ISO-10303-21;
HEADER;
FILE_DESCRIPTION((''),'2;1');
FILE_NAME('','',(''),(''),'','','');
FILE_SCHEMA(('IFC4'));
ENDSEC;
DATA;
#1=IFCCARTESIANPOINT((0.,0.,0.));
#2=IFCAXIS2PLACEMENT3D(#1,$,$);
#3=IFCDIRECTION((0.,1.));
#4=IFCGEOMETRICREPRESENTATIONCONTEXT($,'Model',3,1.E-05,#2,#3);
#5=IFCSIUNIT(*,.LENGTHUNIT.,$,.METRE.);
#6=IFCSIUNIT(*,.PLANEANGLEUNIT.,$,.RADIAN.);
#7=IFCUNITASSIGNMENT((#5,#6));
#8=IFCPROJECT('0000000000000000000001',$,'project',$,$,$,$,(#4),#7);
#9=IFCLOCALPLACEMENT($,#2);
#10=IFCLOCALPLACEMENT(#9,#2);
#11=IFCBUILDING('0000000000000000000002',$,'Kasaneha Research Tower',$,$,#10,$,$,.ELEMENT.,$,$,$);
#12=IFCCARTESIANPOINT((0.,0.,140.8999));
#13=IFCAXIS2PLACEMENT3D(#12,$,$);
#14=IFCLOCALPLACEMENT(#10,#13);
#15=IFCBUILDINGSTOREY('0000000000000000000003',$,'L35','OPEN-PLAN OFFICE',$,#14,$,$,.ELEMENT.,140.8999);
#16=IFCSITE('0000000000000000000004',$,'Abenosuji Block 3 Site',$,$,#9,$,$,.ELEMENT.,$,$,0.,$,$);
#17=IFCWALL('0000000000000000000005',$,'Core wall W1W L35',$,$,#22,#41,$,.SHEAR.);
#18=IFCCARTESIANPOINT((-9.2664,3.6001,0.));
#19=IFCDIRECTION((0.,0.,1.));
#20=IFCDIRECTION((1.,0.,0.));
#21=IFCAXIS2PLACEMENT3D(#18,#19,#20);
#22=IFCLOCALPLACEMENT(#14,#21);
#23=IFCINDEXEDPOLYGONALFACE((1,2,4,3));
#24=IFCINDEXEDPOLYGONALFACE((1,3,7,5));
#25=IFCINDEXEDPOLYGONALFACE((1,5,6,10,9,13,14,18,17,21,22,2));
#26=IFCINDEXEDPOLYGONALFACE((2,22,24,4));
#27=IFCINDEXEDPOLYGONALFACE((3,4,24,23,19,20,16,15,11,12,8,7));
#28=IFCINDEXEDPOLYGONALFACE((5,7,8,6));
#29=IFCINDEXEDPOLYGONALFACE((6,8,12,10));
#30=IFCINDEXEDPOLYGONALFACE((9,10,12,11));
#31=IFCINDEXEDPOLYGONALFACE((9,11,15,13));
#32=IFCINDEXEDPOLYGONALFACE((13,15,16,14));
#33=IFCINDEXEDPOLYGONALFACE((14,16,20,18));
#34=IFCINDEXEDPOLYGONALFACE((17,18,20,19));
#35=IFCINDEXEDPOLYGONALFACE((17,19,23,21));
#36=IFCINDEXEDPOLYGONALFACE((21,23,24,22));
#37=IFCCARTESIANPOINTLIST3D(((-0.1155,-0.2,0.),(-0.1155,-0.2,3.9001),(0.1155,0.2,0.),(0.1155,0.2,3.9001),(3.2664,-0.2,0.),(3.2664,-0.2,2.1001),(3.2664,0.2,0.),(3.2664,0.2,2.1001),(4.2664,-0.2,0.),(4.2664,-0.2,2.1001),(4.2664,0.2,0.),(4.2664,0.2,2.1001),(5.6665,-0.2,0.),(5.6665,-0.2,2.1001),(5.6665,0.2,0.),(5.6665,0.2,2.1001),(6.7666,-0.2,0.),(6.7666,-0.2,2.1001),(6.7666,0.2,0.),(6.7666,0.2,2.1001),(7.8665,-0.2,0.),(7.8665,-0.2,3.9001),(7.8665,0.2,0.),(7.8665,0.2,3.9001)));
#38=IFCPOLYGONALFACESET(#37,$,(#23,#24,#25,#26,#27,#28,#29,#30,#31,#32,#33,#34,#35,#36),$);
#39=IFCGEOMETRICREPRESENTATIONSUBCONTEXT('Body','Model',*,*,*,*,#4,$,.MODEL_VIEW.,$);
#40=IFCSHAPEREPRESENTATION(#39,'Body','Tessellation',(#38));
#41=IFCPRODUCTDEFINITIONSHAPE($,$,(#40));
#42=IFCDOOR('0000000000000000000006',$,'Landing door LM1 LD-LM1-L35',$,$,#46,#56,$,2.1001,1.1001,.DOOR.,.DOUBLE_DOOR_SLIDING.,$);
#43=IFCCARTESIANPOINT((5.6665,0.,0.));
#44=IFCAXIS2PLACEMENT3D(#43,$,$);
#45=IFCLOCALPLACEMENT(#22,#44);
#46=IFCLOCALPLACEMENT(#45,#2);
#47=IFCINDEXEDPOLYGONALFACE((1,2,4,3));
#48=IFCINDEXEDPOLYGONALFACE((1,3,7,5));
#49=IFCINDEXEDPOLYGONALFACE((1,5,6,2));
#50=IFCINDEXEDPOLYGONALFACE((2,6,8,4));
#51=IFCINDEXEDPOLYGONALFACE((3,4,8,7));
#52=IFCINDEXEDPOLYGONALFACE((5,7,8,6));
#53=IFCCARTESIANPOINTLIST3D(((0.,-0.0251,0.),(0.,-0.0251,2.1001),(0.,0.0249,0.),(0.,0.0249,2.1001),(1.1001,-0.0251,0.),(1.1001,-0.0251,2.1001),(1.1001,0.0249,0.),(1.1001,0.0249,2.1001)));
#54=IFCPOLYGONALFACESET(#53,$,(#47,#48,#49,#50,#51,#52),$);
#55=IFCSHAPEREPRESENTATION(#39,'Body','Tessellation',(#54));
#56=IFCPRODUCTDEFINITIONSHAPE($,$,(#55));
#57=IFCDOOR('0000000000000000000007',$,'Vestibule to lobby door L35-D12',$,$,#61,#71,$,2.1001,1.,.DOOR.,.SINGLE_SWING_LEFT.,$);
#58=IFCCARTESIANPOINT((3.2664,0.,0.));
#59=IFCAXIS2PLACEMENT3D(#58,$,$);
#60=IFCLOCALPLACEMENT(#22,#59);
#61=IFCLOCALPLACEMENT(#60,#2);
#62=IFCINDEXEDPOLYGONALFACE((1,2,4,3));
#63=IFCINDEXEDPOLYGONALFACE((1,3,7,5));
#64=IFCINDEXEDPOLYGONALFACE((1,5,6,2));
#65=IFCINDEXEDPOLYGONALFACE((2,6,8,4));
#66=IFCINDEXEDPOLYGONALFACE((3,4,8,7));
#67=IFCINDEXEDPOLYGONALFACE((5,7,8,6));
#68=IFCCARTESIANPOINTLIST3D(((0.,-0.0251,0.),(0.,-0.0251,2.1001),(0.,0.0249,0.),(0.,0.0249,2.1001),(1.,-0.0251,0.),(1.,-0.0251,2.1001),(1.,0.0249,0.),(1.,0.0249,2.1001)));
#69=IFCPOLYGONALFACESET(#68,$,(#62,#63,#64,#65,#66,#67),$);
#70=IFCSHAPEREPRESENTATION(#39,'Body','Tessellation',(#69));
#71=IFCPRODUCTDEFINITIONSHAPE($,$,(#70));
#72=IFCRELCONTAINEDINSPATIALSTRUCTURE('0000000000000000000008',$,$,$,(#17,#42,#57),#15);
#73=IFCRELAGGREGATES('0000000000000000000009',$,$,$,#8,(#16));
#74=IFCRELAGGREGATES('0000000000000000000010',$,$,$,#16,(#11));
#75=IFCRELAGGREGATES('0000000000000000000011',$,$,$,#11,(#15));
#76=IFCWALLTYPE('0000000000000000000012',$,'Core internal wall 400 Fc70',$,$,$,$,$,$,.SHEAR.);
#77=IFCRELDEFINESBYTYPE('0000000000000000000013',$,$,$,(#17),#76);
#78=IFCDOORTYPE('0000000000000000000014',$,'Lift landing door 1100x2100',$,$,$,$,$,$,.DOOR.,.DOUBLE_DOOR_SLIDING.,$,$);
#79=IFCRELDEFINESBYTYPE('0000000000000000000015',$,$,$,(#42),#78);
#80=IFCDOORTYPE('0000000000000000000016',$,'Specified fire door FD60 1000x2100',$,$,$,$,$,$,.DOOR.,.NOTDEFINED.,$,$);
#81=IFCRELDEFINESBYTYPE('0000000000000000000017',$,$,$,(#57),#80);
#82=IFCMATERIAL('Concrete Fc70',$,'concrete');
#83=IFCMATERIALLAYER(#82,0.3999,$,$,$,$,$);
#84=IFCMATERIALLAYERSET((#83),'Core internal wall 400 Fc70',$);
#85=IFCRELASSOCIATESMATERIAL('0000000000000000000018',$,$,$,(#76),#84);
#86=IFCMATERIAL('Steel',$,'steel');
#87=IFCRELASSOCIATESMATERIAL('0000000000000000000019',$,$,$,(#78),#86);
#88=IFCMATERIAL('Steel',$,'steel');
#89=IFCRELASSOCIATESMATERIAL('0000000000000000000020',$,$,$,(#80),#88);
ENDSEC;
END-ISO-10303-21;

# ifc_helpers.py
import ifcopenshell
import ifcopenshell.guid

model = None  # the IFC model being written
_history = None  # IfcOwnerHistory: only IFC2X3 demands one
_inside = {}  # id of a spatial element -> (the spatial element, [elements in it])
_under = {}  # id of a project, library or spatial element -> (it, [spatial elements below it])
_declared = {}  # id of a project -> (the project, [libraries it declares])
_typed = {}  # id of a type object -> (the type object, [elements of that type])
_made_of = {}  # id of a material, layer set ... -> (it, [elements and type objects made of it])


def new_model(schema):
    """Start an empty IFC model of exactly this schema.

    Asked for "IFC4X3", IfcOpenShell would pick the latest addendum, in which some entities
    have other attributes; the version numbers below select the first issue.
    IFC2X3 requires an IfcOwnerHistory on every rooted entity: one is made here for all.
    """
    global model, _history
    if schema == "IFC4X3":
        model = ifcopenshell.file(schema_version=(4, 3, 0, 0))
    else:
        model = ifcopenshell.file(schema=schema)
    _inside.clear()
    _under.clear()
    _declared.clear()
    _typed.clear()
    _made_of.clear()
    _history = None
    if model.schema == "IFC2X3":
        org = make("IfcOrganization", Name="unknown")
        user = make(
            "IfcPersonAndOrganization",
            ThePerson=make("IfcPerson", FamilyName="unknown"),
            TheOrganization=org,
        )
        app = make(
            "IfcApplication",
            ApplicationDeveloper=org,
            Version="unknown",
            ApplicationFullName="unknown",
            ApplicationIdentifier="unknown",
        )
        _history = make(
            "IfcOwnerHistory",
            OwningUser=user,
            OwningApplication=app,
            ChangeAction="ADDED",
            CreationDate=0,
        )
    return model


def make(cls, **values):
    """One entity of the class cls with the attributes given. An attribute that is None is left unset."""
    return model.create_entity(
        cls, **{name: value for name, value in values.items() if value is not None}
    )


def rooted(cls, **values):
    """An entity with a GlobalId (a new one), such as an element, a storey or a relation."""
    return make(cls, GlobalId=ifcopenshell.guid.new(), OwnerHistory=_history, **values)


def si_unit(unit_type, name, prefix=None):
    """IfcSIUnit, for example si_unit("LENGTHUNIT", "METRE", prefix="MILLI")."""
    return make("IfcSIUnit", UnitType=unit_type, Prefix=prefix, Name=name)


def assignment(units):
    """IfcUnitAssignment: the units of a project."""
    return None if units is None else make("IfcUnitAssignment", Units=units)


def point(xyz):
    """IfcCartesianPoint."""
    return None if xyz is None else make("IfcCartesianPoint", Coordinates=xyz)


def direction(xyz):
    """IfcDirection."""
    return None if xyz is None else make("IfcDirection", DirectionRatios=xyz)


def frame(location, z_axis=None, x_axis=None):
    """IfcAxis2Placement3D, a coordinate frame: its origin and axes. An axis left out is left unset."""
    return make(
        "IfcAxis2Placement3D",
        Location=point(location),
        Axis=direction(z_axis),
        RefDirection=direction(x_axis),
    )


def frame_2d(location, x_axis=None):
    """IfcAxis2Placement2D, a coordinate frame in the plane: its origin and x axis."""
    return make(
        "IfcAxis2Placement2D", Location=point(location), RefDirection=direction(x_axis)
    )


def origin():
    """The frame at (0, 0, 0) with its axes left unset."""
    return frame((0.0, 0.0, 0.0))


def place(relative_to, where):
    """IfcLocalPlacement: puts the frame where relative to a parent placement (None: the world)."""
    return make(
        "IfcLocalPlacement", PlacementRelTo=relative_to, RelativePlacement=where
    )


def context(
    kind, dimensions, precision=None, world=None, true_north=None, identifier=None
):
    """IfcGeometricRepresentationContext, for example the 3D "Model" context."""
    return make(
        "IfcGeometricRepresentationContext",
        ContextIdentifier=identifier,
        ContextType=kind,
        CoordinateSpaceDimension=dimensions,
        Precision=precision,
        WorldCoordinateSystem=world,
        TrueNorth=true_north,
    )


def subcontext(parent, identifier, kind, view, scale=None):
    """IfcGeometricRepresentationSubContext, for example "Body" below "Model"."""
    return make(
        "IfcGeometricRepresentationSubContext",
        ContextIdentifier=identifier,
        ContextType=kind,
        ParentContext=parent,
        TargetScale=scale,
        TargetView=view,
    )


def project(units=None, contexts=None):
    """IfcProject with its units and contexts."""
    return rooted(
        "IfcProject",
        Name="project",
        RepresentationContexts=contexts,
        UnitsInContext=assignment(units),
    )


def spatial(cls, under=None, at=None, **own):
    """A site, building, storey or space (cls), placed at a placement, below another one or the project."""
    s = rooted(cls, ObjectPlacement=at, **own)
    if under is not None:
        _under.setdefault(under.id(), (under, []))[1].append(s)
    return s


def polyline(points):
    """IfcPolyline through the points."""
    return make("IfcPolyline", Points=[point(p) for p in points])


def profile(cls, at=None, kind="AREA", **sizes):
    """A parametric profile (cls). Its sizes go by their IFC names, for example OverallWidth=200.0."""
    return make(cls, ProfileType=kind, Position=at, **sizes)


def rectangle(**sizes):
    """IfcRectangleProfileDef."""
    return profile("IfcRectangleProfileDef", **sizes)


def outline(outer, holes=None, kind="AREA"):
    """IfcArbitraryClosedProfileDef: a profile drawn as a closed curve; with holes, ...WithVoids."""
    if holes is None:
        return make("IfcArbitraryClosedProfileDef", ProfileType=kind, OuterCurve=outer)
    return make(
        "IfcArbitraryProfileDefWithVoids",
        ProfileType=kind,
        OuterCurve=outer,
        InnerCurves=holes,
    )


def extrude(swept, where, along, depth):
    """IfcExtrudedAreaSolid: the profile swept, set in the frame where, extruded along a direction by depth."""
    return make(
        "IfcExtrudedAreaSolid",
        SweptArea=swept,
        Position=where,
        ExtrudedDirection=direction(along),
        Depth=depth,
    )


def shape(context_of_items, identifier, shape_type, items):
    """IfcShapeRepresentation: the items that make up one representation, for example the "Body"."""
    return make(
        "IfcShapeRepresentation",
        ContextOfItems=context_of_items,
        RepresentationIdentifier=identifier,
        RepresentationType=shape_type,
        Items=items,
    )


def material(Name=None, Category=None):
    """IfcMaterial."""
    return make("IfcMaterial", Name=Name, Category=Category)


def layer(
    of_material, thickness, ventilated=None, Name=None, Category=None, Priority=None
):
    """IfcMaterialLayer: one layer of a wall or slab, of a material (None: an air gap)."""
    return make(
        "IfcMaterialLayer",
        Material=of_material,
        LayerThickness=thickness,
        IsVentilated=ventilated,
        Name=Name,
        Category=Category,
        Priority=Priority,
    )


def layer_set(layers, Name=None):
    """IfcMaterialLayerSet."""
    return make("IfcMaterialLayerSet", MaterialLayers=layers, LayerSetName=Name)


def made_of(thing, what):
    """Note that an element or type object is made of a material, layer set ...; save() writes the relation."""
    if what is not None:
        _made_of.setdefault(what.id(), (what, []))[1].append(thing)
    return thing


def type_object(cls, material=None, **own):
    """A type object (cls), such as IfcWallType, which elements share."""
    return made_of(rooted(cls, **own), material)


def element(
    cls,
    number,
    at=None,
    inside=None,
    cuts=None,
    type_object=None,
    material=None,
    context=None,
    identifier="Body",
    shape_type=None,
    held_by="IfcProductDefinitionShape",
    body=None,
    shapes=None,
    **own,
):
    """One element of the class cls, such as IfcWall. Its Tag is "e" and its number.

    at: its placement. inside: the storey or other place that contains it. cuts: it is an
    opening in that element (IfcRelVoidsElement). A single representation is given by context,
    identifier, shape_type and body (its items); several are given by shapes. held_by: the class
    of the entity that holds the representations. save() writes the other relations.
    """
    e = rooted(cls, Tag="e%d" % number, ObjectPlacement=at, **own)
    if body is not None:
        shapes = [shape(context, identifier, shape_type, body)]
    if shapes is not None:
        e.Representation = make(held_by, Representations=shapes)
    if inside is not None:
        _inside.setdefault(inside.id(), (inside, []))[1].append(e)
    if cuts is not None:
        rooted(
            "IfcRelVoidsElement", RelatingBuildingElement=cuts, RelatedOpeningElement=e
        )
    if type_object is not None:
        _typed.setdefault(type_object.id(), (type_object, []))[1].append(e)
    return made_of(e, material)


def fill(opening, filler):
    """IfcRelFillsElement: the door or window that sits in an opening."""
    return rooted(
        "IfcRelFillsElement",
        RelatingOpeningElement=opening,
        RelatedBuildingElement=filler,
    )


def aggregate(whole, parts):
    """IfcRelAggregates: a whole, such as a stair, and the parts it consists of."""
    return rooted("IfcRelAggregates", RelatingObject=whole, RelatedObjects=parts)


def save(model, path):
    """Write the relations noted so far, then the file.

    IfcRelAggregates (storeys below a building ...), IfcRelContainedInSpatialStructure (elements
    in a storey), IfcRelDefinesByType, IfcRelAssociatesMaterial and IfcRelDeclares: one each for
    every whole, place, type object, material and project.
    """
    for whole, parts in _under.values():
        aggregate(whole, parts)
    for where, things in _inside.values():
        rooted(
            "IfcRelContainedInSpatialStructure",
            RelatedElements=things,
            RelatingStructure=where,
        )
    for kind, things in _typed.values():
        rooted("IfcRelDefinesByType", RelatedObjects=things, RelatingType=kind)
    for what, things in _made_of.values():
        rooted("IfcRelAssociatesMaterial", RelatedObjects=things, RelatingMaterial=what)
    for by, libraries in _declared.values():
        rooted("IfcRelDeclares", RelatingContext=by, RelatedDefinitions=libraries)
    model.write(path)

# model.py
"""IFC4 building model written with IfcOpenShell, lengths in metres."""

from ifc_helpers import new_model, si_unit, direction, frame, frame_2d, origin, place, context, subcontext, project, spatial, polyline, rectangle, outline, extrude, material, layer, layer_set, type_object, element, fill, save


model = new_model("IFC4")

# Units and contexts
model_context = context("Model", 3, precision=1e-05, world=origin(), true_north=direction((0.0, 1.0)))
body_context = subcontext(model_context, "Body", "Model", "MODEL_VIEW")
ifc_project = project(units=[si_unit("LENGTHUNIT", "METRE"), si_unit("PLANEANGLEUNIT", "RADIAN")], contexts=[model_context])

# Site, building, storey
site_placement = place(None, origin())
site = spatial("IfcSite", under=ifc_project, at=site_placement, Name="Abenosuji Block 3 Site", CompositionType="ELEMENT", RefElevation=0.0)
building_placement = place(site_placement, origin())
building = spatial("IfcBuilding", under=site, at=building_placement, Name="Kasaneha Research Tower", CompositionType="ELEMENT")
storey_placement = place(building_placement, frame((0.0, 0.0, 140.8999)))
storey = spatial("IfcBuildingStorey", under=building, at=storey_placement, Name="L35", Description="OPEN-PLAN OFFICE", CompositionType="ELEMENT", Elevation=140.8999)

# Wall, openings, doors
ifc_material_1 = material(Name="Concrete Fc70", Category="concrete")
ifc_layer_1 = layer(ifc_material_1, 0.3999)
ifc_layer_set_1 = layer_set([ifc_layer_1], Name="Core internal wall 400 Fc70")
wall_type_1 = type_object("IfcWallType", Name="Core internal wall 400 Fc70", PredefinedType="SHEAR", material=ifc_layer_set_1)
wall_1_placement = place(storey_placement, frame((-9.2664, 3.6001, 0.0), z_axis=(0.0, 0.0, 1.0), x_axis=(1.0, 0.0, 0.0)))
wall_1 = element("IfcWall", 1, at=wall_1_placement, inside=storey, type_object=wall_type_1, Name="Core wall W1W L35", PredefinedType="SHEAR", context=body_context, shape_type="SweptSolid", body=[
    extrude(outline(polyline([(-0.1155, -0.2), (3.2664, -0.2), (4.2664, -0.2), (5.6665, -0.2), (6.7666, -0.2), (7.8665, -0.2), (7.8665, 0.2), (6.7666, 0.2), (5.6665, 0.2), (4.2664, 0.2), (3.2664, 0.2), (0.1155, 0.2), (-0.1155, -0.2)])), origin(), (0.0, 0.0, 1.0), 3.9001),
])
opening_1_placement = place(wall_1_placement, frame((3.2664, 0.0, 0.0)))
opening_1 = element("IfcOpeningElement", 2, at=opening_1_placement, cuts=wall_1, PredefinedType="OPENING", context=body_context, shape_type="SweptSolid", body=[
    extrude(rectangle(XDim=1.0, YDim=2.1001, at=frame_2d((0.5, 1.05))), frame((0.0, 0.21, 0.0), z_axis=(0.0, -1.0, 0.0), x_axis=(1.0, 0.0, 0.0)), (0.0, 0.0, 1.0), 0.4199),
])
opening_2_placement = place(wall_1_placement, frame((5.6665, 0.0, 0.0)))
opening_2 = element("IfcOpeningElement", 3, at=opening_2_placement, cuts=wall_1, PredefinedType="OPENING", context=body_context, shape_type="SweptSolid", body=[
    extrude(rectangle(XDim=1.1001, YDim=2.1001, at=frame_2d((0.55, 1.05))), frame((0.0, 0.21, 0.0), z_axis=(0.0, -1.0, 0.0), x_axis=(1.0, 0.0, 0.0)), (0.0, 0.0, 1.0), 0.4199),
])
ifc_material_2 = material(Name="Steel", Category="steel")
door_type_1 = type_object("IfcDoorType", Name="Lift landing door 1100x2100", OperationType="DOUBLE_DOOR_SLIDING", PredefinedType="DOOR", material=ifc_material_2)
door_1_placement = place(opening_2_placement, origin())
door_1 = element("IfcDoor", 4, at=door_1_placement, inside=storey, type_object=door_type_1, Name="Landing door LM1 LD-LM1-L35", OperationType="DOUBLE_DOOR_SLIDING", OverallHeight=2.1001, OverallWidth=1.1001, PredefinedType="DOOR", context=body_context, shape_type="SweptSolid", body=[
    extrude(rectangle(XDim=1.1001, YDim=2.1001, at=frame_2d((0.55, 1.05))), frame((0.0, 0.0249, 0.0), z_axis=(0.0, -1.0, 0.0), x_axis=(1.0, 0.0, 0.0)), (0.0, 0.0, 1.0), 0.05),
])
fill(opening_2, door_1)
ifc_material_3 = material(Name="Steel", Category="steel")
door_type_2 = type_object("IfcDoorType", Name="Specified fire door FD60 1000x2100", OperationType="NOTDEFINED", PredefinedType="DOOR", material=ifc_material_3)
door_2_placement = place(opening_1_placement, origin())
door_2 = element("IfcDoor", 5, at=door_2_placement, inside=storey, type_object=door_type_2, Name="Vestibule to lobby door L35-D12", OperationType="SINGLE_SWING_LEFT", OverallHeight=2.1001, OverallWidth=1.0, PredefinedType="DOOR", context=body_context, shape_type="SweptSolid", body=[
    extrude(rectangle(XDim=1.0, YDim=2.1001, at=frame_2d((0.5, 1.05))), frame((0.0, 0.0249, 0.0), z_axis=(0.0, -1.0, 0.0), x_axis=(1.0, 0.0, 0.0)), (0.0, 0.0, 1.0), 0.05),
])
fill(opening_1, door_2)

save(model, "model.ifc")
